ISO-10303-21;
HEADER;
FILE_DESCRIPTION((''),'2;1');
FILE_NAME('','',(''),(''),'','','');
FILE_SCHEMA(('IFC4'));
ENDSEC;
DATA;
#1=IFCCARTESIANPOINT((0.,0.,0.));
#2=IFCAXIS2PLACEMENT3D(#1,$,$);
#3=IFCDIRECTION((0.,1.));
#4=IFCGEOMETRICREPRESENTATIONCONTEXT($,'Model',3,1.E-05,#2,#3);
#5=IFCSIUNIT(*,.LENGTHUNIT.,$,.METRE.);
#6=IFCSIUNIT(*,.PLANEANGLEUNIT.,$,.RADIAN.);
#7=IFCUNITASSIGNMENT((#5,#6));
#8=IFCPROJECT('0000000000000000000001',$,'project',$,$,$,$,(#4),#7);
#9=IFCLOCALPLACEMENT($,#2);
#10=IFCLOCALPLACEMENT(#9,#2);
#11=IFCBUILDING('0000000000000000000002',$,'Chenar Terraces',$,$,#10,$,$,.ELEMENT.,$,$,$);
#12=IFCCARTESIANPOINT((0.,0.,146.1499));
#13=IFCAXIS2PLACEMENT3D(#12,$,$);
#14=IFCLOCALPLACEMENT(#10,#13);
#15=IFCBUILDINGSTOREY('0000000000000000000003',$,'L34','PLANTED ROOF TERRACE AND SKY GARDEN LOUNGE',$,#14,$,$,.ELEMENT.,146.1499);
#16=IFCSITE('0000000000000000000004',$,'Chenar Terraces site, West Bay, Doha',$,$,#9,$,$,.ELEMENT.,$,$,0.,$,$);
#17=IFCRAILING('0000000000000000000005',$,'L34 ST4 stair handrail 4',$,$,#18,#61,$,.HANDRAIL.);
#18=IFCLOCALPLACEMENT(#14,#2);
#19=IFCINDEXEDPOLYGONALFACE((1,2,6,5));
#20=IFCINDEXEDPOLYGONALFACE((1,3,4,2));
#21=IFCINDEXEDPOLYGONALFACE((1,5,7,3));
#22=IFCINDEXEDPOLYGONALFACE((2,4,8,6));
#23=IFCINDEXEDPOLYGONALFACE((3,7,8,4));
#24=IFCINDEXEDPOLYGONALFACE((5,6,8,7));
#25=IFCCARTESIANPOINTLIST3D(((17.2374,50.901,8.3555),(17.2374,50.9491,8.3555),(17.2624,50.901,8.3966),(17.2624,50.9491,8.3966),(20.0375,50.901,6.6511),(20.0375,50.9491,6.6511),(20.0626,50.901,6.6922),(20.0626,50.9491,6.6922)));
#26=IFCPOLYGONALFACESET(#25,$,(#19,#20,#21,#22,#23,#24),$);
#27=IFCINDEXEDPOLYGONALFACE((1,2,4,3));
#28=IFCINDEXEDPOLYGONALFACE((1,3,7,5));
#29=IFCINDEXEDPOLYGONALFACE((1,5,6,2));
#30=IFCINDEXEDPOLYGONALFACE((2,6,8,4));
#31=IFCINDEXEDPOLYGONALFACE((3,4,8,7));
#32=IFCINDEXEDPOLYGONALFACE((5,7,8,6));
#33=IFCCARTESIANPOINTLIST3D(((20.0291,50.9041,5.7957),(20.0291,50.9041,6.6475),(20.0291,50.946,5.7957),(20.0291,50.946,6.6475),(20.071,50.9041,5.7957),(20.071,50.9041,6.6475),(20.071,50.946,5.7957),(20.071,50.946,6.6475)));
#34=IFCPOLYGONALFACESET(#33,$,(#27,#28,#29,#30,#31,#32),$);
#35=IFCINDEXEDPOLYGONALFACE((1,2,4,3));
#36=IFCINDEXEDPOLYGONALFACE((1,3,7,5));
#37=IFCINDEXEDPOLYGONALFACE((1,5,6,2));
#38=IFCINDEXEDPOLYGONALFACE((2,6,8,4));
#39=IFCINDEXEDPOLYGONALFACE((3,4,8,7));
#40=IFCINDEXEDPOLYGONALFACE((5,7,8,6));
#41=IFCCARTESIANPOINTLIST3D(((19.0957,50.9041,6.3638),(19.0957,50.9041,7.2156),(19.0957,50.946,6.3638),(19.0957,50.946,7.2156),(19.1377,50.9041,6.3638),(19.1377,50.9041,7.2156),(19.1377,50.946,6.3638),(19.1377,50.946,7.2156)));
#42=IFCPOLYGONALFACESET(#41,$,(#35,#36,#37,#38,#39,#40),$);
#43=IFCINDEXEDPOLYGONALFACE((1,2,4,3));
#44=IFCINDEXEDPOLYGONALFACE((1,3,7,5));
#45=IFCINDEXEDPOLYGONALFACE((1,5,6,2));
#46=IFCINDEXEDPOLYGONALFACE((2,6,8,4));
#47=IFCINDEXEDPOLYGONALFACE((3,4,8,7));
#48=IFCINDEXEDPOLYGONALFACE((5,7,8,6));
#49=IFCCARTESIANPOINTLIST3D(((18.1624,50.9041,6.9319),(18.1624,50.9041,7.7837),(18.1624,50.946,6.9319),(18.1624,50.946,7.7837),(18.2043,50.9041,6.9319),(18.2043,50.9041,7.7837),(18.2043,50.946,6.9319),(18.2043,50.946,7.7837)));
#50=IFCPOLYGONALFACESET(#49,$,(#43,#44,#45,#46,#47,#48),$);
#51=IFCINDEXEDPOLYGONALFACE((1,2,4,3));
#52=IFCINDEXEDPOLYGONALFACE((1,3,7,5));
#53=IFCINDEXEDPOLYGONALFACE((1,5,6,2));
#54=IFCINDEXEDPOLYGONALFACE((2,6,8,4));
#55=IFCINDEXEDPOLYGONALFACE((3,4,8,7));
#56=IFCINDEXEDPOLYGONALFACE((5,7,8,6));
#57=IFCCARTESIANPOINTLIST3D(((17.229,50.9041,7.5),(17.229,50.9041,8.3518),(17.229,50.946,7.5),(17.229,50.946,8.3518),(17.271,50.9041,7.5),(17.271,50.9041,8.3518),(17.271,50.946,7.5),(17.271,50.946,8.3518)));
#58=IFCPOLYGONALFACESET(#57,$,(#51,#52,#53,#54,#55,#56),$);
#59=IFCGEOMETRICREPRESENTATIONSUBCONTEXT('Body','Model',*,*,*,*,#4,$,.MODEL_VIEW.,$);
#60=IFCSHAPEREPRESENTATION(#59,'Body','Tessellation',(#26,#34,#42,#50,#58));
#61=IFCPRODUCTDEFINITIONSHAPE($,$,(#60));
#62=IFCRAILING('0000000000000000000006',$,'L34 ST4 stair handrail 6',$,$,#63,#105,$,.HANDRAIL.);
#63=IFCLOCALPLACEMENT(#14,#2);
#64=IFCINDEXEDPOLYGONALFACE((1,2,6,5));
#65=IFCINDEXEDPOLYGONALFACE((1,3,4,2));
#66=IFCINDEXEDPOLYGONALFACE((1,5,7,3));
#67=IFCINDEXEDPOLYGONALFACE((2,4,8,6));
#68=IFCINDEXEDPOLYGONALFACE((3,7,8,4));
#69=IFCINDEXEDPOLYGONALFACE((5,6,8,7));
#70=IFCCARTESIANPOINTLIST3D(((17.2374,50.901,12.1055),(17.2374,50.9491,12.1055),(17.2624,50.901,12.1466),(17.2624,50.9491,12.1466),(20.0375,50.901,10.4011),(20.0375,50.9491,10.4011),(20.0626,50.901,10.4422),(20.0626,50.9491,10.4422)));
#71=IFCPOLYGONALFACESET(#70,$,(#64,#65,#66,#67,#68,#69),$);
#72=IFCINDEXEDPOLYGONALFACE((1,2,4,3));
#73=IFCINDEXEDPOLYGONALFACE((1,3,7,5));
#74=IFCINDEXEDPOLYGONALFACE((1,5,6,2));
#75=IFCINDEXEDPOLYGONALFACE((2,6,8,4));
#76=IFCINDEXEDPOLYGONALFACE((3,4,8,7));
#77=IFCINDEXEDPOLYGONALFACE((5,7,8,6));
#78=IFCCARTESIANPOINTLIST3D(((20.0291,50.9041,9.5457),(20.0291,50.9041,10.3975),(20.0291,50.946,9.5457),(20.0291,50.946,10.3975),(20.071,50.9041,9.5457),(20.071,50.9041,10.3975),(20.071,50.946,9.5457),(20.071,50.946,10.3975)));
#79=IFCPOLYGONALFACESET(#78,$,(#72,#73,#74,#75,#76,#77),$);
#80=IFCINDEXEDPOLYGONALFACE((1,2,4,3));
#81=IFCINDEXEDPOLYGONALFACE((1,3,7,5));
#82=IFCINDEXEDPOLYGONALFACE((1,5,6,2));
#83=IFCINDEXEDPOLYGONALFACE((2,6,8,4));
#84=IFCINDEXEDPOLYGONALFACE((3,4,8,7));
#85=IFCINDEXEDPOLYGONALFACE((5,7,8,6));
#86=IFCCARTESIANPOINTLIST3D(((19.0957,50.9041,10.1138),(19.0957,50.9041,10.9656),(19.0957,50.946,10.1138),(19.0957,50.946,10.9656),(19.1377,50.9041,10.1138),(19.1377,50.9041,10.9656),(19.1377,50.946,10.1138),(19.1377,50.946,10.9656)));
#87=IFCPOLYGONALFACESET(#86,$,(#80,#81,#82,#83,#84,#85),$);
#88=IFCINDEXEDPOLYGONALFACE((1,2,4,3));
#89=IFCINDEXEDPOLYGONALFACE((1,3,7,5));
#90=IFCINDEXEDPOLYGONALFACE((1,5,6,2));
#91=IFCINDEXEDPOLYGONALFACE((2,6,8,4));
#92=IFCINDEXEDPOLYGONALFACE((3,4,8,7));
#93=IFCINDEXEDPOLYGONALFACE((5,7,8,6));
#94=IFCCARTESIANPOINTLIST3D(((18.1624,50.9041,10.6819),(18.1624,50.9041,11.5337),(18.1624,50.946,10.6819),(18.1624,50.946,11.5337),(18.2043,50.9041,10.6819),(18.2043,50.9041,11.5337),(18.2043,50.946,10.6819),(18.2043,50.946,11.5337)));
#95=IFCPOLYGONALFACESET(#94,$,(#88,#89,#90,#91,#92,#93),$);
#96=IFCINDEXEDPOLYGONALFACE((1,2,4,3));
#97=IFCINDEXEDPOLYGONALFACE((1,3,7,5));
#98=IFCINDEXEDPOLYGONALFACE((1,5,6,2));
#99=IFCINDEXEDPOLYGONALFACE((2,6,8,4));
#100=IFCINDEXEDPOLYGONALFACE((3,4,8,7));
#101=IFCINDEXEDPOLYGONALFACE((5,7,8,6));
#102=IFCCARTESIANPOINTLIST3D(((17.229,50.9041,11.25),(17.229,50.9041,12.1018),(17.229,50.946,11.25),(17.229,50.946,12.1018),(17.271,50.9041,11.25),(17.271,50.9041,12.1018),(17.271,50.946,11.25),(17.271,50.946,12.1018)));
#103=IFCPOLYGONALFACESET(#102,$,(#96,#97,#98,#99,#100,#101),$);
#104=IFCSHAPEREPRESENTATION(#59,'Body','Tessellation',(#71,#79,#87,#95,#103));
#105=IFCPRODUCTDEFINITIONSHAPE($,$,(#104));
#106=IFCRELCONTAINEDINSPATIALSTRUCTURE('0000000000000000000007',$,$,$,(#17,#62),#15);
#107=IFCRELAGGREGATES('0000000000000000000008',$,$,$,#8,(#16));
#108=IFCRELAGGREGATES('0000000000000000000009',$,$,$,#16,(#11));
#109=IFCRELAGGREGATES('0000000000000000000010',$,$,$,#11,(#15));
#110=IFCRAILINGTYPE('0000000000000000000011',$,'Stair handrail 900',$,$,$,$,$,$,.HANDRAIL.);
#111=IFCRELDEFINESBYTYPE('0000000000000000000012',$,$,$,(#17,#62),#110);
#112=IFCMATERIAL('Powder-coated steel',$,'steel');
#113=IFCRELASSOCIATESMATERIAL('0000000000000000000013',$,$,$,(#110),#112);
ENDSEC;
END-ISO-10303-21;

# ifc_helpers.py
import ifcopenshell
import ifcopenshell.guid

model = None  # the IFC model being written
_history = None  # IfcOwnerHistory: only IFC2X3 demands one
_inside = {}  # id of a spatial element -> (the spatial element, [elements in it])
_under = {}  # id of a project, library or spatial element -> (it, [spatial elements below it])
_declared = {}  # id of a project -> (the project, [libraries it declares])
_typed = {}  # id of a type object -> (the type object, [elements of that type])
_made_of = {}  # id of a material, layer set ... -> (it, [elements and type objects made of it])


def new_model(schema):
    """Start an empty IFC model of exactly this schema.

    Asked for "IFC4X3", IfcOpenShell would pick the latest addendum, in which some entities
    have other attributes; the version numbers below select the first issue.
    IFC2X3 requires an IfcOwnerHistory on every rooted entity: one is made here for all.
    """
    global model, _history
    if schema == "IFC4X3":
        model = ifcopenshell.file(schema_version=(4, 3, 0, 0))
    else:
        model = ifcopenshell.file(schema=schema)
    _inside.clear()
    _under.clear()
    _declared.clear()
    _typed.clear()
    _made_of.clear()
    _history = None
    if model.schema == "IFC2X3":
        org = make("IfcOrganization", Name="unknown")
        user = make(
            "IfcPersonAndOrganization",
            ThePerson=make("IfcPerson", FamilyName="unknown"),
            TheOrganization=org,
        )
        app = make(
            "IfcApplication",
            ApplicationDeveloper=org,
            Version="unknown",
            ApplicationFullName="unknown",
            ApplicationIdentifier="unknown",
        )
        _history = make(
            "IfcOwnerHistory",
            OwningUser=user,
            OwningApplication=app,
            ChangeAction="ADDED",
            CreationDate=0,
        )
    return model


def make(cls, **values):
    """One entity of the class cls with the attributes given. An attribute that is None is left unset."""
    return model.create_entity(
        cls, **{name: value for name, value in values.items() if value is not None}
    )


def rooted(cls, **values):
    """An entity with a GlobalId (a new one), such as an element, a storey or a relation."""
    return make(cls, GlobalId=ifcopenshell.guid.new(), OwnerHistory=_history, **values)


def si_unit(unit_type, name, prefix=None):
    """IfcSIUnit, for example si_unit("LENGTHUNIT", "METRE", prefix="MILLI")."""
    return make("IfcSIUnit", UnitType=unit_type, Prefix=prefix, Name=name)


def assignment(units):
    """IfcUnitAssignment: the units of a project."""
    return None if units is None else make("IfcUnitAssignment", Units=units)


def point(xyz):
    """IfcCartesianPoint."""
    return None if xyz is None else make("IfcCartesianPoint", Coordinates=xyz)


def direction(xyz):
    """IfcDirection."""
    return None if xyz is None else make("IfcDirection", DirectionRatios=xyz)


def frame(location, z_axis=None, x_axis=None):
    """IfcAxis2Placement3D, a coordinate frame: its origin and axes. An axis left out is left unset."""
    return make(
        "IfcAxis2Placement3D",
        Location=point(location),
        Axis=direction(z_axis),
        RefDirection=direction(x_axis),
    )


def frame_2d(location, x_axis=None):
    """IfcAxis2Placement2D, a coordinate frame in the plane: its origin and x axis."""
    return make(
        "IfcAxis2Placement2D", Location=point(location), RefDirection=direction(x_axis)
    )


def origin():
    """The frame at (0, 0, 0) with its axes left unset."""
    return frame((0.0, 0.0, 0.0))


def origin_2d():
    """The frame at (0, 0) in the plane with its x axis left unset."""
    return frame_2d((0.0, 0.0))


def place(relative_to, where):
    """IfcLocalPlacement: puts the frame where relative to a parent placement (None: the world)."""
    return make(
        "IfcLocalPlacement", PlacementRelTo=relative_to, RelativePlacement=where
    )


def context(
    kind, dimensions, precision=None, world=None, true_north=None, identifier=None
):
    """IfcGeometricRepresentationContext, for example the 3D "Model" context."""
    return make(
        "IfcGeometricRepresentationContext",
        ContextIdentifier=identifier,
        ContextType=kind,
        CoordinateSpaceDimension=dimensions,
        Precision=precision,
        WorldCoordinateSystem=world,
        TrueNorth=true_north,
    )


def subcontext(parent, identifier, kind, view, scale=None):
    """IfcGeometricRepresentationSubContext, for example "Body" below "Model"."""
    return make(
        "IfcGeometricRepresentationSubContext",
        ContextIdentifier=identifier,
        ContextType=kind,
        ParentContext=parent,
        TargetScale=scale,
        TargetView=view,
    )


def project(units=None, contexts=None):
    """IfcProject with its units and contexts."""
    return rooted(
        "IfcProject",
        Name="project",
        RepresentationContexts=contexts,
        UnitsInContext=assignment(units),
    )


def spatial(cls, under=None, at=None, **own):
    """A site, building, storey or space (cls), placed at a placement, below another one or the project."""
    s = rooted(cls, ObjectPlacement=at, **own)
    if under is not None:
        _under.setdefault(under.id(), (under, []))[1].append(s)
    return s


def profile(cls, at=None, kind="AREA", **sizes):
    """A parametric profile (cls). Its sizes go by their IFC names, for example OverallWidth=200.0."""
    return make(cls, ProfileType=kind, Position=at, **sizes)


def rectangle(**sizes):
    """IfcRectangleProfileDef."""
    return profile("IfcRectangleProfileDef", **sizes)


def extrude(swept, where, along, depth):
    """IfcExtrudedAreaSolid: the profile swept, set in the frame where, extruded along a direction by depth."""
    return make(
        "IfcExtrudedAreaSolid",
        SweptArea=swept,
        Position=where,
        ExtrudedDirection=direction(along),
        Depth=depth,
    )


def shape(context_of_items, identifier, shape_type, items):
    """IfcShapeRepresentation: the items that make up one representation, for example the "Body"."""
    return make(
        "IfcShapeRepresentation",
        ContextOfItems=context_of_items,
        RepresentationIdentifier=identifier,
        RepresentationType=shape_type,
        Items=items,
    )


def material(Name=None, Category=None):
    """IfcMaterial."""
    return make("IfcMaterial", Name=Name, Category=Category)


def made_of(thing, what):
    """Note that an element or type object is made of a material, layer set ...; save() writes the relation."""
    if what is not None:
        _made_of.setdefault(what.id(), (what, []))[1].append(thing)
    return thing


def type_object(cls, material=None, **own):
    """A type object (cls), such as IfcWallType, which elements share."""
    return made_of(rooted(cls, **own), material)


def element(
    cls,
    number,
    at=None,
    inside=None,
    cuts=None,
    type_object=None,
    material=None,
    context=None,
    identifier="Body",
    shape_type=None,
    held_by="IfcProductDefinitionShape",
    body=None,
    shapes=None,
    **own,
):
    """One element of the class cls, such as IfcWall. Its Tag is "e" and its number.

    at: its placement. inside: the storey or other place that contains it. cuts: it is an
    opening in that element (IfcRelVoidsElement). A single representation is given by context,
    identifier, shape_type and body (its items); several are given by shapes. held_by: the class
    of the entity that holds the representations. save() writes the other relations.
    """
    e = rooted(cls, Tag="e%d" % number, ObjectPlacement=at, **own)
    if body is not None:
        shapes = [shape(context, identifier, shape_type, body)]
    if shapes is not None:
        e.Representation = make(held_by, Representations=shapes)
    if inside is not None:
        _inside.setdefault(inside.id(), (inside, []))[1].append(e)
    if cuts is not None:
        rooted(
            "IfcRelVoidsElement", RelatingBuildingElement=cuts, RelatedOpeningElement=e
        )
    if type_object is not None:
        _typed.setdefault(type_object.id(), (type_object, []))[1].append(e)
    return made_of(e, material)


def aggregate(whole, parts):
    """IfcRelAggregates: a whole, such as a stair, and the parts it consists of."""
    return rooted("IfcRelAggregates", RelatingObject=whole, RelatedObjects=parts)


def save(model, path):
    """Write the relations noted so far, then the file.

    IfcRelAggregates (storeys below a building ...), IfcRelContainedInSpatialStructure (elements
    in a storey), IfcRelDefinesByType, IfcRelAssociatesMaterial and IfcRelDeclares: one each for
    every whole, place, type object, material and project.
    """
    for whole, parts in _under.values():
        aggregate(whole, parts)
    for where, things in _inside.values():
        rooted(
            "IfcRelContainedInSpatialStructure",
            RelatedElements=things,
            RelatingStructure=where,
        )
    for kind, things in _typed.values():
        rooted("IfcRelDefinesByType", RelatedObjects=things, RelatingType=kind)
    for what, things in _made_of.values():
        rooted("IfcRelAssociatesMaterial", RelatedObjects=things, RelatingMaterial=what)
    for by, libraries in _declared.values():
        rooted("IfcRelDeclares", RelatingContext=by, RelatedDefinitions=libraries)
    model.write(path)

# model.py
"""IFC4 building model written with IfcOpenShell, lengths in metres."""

from ifc_helpers import new_model, si_unit, direction, frame, origin, origin_2d, place, context, subcontext, project, spatial, rectangle, extrude, material, type_object, element, save


model = new_model("IFC4")

# Units and contexts
model_context = context("Model", 3, precision=1e-05, world=origin(), true_north=direction((0.0, 1.0)))
body_context = subcontext(model_context, "Body", "Model", "MODEL_VIEW")
ifc_project = project(units=[si_unit("LENGTHUNIT", "METRE"), si_unit("PLANEANGLEUNIT", "RADIAN")], contexts=[model_context])

# Site, building, storey
site_placement = place(None, origin())
site = spatial("IfcSite", under=ifc_project, at=site_placement, Name="Chenar Terraces site, West Bay, Doha", CompositionType="ELEMENT", RefElevation=0.0)
building_placement = place(site_placement, origin())
building = spatial("IfcBuilding", under=site, at=building_placement, Name="Chenar Terraces", CompositionType="ELEMENT")
storey_placement = place(building_placement, frame((0.0, 0.0, 146.1499)))
storey = spatial("IfcBuildingStorey", under=building, at=storey_placement, Name="L34", Description="PLANTED ROOF TERRACE AND SKY GARDEN LOUNGE", CompositionType="ELEMENT", Elevation=146.1499)

# Railings
ifc_material_1 = material(Name="Powder-coated steel", Category="steel")
railing_type_1 = type_object("IfcRailingType", Name="Stair handrail 900", PredefinedType="HANDRAIL", material=ifc_material_1)
for number, where, name in (
    (1, (20.05, 50.925, 5.7957), "L34 ST4 stair handrail 4"),
    (2, (20.05, 50.925, 9.5457), "L34 ST4 stair handrail 6"),
):
    element("IfcRailing", number, at=place(storey_placement, frame(where)), inside=storey, type_object=railing_type_1, Name=name, PredefinedType="HANDRAIL", context=body_context, shape_type="SweptSolid", body=[
        extrude(rectangle(XDim=0.0481, YDim=0.0481, at=origin_2d()), frame((0.0, 0.0, 0.876), z_axis=(-0.854203, 0.0, 0.51994), x_axis=(0.0, -1.0, 0.0)), (0.0, 0.0, 1.0), 3.2781),
        extrude(rectangle(XDim=0.042, YDim=0.042, at=origin_2d()), origin(), (0.0, 0.0, 1.0), 0.8518),
        extrude(rectangle(XDim=0.042, YDim=0.042, at=origin_2d()), frame((-0.9333, 0.0, 0.5681)), (0.0, 0.0, 1.0), 0.8518),
        extrude(rectangle(XDim=0.042, YDim=0.042, at=origin_2d()), frame((-1.8667, 0.0, 1.1362)), (0.0, 0.0, 1.0), 0.8518),
        extrude(rectangle(XDim=0.042, YDim=0.042, at=origin_2d()), frame((-2.8, 0.0, 1.7043)), (0.0, 0.0, 1.0), 0.8518),
    ])

save(model, "model.ifc")
